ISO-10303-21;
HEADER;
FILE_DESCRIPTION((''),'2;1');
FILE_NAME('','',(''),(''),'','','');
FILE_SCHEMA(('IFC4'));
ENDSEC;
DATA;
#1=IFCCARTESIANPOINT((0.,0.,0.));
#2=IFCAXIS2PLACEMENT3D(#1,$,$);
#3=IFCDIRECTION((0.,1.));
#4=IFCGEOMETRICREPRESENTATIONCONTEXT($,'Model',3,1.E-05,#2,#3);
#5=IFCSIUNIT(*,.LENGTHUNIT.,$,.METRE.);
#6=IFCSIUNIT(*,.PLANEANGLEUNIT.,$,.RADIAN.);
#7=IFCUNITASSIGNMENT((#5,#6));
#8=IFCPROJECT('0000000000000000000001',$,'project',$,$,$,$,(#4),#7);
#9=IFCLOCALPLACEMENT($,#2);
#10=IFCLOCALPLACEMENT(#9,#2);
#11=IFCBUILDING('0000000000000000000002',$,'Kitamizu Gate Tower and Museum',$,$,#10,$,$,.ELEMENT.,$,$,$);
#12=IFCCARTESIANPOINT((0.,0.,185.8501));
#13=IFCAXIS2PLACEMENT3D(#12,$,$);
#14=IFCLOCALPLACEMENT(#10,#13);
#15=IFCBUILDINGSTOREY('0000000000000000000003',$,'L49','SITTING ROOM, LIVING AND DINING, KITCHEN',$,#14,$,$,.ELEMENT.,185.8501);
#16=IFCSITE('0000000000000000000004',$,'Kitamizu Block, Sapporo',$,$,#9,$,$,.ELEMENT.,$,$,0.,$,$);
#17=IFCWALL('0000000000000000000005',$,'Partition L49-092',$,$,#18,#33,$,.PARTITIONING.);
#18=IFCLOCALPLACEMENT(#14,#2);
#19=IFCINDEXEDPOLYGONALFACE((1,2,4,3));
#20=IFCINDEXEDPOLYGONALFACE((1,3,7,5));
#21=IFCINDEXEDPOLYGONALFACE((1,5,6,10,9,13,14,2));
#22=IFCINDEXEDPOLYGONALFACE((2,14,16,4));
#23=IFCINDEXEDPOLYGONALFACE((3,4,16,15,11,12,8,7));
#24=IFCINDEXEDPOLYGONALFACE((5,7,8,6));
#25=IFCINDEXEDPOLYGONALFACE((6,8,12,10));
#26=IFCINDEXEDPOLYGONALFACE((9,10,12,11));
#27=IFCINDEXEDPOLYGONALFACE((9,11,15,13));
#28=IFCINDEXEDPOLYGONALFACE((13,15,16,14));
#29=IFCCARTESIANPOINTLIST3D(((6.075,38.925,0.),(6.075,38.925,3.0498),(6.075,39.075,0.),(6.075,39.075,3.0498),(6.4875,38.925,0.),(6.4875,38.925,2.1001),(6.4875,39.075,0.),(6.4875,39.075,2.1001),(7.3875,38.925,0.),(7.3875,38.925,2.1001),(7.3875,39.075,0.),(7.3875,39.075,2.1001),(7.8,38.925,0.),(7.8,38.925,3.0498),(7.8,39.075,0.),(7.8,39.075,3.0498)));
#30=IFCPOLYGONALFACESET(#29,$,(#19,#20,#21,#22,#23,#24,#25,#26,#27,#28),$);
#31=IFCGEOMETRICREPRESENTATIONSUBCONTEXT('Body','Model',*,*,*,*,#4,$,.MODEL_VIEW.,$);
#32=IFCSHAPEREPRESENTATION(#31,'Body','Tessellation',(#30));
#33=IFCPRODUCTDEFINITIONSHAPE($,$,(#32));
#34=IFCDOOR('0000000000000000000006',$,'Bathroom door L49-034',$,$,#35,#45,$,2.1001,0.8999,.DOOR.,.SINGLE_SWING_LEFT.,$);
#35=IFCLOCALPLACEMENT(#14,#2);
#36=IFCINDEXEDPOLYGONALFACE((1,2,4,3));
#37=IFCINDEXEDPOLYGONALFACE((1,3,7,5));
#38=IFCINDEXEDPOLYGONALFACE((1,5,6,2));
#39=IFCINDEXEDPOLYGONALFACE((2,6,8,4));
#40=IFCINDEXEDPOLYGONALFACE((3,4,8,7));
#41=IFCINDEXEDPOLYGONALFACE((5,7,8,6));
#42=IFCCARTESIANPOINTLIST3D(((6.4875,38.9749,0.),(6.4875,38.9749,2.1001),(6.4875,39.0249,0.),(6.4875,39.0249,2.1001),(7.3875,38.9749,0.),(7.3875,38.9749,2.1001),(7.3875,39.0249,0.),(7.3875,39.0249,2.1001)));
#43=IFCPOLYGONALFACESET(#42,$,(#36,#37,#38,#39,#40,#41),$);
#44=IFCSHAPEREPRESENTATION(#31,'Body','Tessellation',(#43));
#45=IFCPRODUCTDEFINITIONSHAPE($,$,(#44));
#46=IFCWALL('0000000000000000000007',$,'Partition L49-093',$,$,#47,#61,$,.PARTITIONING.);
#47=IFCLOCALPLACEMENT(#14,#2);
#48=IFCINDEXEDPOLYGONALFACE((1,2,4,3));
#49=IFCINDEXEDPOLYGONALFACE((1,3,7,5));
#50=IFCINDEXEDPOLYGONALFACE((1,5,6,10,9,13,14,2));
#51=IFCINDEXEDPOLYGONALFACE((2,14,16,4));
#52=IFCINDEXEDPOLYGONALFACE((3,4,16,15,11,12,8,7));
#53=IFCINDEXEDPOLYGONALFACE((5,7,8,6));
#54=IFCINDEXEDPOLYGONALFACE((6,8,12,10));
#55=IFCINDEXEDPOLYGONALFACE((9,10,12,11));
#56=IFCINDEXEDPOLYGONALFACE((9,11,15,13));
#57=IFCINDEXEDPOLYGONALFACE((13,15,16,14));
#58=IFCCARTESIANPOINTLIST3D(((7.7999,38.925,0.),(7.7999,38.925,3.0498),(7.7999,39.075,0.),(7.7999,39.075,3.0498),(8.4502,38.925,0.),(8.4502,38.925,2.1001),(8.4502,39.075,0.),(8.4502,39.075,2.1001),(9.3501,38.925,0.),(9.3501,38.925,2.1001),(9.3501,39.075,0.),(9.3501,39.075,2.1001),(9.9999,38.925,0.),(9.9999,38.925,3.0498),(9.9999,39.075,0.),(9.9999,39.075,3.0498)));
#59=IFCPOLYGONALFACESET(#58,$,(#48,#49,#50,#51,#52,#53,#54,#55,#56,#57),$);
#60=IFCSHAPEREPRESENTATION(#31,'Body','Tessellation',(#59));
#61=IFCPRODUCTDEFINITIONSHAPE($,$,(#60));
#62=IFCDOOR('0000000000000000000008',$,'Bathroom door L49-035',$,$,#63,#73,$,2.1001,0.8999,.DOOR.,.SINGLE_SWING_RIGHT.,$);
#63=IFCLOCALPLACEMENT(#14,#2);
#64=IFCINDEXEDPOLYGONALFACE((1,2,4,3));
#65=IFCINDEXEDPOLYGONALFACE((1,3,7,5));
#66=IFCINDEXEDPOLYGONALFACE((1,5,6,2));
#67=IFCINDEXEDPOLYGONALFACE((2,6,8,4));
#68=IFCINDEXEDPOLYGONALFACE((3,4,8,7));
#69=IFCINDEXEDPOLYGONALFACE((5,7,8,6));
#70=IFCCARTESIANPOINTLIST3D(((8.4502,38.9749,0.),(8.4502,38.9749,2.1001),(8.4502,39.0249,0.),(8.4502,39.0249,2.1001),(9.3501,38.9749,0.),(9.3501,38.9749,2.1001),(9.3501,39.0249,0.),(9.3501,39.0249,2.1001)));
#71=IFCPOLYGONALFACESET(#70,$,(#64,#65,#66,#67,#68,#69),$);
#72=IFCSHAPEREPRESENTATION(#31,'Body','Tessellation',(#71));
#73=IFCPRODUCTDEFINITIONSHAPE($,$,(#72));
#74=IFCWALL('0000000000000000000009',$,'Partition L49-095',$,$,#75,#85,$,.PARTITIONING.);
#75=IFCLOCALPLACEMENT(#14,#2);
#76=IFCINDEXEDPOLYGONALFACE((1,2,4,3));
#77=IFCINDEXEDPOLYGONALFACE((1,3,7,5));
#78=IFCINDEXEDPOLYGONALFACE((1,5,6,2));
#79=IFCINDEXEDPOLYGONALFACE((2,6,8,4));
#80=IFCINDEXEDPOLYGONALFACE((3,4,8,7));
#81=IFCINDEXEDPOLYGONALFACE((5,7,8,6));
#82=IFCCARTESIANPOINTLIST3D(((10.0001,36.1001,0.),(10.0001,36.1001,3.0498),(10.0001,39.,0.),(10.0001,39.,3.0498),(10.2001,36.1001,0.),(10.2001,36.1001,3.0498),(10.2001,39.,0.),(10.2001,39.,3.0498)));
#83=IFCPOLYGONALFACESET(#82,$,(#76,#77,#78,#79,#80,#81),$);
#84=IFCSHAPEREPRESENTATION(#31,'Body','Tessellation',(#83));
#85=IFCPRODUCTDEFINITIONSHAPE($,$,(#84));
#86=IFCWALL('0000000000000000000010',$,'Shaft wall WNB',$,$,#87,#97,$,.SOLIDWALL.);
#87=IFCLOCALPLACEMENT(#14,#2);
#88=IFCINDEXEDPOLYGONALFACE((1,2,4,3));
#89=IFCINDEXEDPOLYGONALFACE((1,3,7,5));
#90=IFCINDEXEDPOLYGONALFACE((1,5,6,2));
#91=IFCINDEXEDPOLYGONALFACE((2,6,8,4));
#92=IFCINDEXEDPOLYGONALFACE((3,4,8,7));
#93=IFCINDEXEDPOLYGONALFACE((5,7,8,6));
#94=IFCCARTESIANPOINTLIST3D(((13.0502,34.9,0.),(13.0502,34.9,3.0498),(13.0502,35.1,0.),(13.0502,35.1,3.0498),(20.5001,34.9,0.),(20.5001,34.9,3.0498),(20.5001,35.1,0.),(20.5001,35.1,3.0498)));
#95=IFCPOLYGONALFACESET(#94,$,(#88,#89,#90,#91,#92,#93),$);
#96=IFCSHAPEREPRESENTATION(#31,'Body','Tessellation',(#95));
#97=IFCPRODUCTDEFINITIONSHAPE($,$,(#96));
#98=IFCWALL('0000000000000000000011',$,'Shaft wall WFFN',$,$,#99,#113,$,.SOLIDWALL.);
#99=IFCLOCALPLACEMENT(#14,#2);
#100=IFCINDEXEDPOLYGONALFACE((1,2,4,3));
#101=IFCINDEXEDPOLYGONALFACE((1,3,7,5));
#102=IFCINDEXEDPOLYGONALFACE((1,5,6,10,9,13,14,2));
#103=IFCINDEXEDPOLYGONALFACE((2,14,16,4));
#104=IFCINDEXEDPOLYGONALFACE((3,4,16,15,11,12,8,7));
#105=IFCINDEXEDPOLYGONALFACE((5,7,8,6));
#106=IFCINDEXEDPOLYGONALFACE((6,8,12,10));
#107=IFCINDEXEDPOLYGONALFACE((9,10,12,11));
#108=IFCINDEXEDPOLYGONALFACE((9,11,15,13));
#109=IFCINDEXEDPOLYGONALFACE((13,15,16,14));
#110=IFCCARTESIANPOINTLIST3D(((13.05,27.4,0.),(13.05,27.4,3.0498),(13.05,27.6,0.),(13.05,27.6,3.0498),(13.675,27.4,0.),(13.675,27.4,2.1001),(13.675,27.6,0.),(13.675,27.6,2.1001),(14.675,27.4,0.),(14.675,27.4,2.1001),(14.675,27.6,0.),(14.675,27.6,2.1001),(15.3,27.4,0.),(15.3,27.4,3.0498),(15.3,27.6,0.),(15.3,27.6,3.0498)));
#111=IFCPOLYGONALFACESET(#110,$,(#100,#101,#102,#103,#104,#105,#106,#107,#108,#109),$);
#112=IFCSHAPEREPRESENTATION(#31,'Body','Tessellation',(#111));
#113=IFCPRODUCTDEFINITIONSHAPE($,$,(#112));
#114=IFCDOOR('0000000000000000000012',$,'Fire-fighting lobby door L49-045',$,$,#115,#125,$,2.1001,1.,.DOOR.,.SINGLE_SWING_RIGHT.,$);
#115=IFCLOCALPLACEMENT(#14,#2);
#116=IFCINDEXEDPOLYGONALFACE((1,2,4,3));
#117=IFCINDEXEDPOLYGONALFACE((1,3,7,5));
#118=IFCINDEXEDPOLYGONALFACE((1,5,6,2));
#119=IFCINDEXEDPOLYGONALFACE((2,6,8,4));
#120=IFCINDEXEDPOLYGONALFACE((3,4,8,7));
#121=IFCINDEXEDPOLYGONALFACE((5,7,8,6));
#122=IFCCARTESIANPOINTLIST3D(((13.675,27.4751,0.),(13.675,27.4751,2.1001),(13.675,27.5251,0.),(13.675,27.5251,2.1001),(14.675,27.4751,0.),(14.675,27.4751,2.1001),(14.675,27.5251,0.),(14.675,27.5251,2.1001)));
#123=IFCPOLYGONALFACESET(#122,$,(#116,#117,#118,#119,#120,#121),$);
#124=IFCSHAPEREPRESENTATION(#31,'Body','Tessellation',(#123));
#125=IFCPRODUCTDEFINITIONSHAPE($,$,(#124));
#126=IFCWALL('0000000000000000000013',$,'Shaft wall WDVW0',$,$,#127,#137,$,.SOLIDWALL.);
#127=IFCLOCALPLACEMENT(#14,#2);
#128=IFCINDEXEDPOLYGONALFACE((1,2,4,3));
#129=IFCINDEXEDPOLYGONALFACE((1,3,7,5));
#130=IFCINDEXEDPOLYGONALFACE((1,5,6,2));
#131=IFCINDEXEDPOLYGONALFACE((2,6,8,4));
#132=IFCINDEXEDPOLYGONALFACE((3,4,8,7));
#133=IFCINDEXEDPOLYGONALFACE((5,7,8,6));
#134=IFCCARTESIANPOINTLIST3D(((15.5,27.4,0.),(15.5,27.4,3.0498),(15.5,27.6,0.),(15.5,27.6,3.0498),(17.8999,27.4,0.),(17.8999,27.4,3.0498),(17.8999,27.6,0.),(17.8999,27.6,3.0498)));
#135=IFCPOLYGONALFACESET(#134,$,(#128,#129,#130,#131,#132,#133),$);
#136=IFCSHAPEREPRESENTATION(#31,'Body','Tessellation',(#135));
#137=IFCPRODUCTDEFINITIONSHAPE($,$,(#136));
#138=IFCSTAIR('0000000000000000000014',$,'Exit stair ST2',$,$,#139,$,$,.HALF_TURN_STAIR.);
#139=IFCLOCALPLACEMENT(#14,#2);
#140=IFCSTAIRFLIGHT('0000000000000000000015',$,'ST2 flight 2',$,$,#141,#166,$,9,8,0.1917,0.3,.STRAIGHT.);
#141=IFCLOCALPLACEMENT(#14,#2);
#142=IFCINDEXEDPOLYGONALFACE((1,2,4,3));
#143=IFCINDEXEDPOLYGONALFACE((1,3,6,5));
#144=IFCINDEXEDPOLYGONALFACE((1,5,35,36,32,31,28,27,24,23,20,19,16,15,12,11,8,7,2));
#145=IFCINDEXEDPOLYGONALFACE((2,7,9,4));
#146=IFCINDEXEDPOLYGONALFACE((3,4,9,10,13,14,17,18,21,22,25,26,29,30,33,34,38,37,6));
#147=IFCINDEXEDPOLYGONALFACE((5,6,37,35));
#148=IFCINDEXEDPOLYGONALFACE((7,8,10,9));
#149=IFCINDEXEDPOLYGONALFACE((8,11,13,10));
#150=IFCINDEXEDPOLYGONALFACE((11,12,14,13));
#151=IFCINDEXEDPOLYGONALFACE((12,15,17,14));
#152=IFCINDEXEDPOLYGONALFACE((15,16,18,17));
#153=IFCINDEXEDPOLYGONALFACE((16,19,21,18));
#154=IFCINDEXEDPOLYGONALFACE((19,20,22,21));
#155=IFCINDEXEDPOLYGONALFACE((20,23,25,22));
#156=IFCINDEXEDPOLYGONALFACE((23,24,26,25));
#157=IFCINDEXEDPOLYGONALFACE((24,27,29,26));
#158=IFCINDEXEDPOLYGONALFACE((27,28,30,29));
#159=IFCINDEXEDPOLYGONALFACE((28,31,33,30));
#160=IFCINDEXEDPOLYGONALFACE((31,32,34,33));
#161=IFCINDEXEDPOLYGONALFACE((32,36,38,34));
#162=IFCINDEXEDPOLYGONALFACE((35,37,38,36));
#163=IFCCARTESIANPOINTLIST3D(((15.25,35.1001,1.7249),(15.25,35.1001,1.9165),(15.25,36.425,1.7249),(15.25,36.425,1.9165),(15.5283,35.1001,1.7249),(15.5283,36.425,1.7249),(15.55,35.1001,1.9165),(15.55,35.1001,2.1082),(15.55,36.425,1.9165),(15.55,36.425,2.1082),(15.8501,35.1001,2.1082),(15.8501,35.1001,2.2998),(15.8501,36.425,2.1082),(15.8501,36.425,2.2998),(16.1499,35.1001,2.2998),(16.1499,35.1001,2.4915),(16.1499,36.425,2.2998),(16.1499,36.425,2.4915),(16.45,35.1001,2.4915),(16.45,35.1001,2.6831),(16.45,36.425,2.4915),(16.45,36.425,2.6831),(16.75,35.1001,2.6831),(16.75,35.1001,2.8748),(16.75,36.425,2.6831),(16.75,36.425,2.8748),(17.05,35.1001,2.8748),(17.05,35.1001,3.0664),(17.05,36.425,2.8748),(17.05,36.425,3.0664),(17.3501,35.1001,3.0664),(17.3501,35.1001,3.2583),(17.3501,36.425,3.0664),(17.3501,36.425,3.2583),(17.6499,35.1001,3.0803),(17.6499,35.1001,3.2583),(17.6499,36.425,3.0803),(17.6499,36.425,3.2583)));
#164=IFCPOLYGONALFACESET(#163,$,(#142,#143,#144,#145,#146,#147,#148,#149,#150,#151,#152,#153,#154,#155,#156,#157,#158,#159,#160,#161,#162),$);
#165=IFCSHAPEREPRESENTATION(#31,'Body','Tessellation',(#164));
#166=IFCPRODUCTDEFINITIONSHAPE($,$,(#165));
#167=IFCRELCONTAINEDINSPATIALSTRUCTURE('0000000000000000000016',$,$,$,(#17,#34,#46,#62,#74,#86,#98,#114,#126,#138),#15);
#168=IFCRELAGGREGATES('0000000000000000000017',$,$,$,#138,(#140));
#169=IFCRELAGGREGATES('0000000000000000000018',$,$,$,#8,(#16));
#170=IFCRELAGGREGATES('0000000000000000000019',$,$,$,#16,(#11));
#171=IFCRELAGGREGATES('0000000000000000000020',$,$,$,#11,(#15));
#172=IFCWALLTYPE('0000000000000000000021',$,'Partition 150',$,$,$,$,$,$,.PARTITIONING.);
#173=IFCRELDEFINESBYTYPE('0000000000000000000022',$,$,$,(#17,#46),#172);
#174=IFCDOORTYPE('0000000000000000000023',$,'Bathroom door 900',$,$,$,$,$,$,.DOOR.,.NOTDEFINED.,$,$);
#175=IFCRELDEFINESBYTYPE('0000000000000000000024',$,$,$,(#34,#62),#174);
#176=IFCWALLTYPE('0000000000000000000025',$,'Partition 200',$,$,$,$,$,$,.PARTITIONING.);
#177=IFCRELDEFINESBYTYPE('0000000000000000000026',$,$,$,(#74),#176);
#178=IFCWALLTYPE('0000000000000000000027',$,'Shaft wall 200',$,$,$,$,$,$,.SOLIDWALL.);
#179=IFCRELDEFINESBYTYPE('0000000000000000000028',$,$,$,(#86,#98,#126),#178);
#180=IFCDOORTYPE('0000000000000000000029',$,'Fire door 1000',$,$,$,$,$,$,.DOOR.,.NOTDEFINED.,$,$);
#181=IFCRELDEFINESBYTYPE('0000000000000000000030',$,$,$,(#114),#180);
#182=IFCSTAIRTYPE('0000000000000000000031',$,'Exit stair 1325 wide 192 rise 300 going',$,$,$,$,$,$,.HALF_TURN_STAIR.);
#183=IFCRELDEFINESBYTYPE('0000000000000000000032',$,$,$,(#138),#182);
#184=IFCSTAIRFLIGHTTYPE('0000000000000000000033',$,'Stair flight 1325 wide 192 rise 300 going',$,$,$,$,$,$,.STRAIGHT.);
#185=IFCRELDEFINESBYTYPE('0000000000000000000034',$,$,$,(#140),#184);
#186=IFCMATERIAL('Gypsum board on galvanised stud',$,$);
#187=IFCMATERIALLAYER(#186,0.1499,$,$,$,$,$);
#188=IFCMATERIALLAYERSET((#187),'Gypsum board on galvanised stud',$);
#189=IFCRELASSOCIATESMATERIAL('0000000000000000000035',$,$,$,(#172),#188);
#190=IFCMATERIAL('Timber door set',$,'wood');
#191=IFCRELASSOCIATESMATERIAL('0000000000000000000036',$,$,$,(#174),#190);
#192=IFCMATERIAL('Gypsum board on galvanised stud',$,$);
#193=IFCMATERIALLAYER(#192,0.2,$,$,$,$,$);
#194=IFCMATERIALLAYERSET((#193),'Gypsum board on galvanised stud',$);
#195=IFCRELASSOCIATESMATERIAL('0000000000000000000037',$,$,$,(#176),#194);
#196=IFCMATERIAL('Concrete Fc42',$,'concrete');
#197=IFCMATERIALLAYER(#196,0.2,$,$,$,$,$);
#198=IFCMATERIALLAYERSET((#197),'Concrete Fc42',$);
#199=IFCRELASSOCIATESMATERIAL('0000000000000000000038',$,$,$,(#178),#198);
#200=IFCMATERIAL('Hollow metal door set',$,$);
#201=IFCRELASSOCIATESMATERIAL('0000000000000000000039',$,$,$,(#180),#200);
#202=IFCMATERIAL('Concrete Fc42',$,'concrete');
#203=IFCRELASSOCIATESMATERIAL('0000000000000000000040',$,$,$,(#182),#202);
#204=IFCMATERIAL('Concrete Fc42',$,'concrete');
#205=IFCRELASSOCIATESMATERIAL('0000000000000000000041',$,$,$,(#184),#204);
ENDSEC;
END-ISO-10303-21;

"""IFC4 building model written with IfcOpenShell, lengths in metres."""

from ifc_helpers import new_model, si_unit, direction, frame, frame_2d, origin, place, context, subcontext, project, spatial, polyline, rectangle, outline, extrude, material, layer, layer_set, type_object, element, fill, aggregate, save


model = new_model("IFC4")

# Units and contexts
model_context = context("Model", 3, precision=1e-05, world=origin(), true_north=direction((0.0, 1.0)))
body_context = subcontext(model_context, "Body", "Model", "MODEL_VIEW")
ifc_project = project(units=[si_unit("LENGTHUNIT", "METRE"), si_unit("PLANEANGLEUNIT", "RADIAN")], contexts=[model_context])

# Site, building, storey
site_placement = place(None, origin())
site = spatial("IfcSite", under=ifc_project, at=site_placement, Name="Kitamizu Block, Sapporo", CompositionType="ELEMENT", RefElevation=0.0)
building_placement = place(site_placement, origin())
building = spatial("IfcBuilding", under=site, at=building_placement, Name="Kitamizu Gate Tower and Museum", CompositionType="ELEMENT")
storey_placement = place(building_placement, frame((0.0, 0.0, 185.8501)))
storey = spatial("IfcBuildingStorey", under=building, at=storey_placement, Name="L49", Description="SITTING ROOM, LIVING AND DINING, KITCHEN", CompositionType="ELEMENT", Elevation=185.8501)

# Shared definitions
ifc_material_1 = material(Name="Gypsum board on galvanised stud")
ifc_layer_1 = layer(ifc_material_1, 0.1499)
ifc_layer_set_1 = layer_set([ifc_layer_1], Name="Gypsum board on galvanised stud")
wall_type_1 = type_object("IfcWallType", Name="Partition 150", PredefinedType="PARTITIONING", material=ifc_layer_set_1)

# Walls, openings, doors
wall_1_placement = place(storey_placement, frame((7.8, 39.0, 0.0), z_axis=(0.0, 0.0, 1.0), x_axis=(-1.0, 0.0, 0.0)))
wall_1 = element("IfcWall", 1, at=wall_1_placement, inside=storey, type_object=wall_type_1, Name="Partition L49-092", PredefinedType="PARTITIONING", context=body_context, shape_type="SweptSolid", body=[
    extrude(rectangle(XDim=1.7251, YDim=0.1499, at=frame_2d((0.8625, 0.0))), origin(), (0.0, 0.0, 1.0), 3.0498),
])
opening_1_placement = place(wall_1_placement, frame((0.4126, 0.0, 0.0)))
opening_1 = element("IfcOpeningElement", 2, at=opening_1_placement, cuts=wall_1, PredefinedType="OPENING", context=body_context, shape_type="SweptSolid", body=[
    extrude(rectangle(XDim=0.8999, YDim=2.1001, at=frame_2d((0.45, 1.05))), frame((0.0, 0.085, 0.0), z_axis=(0.0, -1.0, 0.0), x_axis=(1.0, 0.0, 0.0)), (0.0, 0.0, 1.0), 0.1699),
])
ifc_material_2 = material(Name="Timber door set", Category="wood")
door_type_1 = type_object("IfcDoorType", Name="Bathroom door 900", OperationType="NOTDEFINED", PredefinedType="DOOR", material=ifc_material_2)
door_1_placement = place(opening_1_placement, frame((0.8999, 0.0, 0.0), x_axis=(-1.0, 0.0, 0.0)))
door_1 = element("IfcDoor", 3, at=door_1_placement, inside=storey, type_object=door_type_1, Name="Bathroom door L49-034", OperationType="SINGLE_SWING_LEFT", OverallHeight=2.1001, OverallWidth=0.8999, PredefinedType="DOOR", context=body_context, shape_type="SweptSolid", body=[
    extrude(rectangle(XDim=0.8999, YDim=2.1001, at=frame_2d((0.45, 1.05))), frame((0.0, 0.0249, 0.0), z_axis=(0.0, -1.0, 0.0), x_axis=(1.0, 0.0, 0.0)), (0.0, 0.0, 1.0), 0.05),
])
fill(opening_1, door_1)
wall_2_placement = place(storey_placement, frame((10.0, 39.0, 0.0), z_axis=(0.0, 0.0, 1.0), x_axis=(-1.0, 0.0, 0.0)))
wall_2 = element("IfcWall", 4, at=wall_2_placement, inside=storey, type_object=wall_type_1, Name="Partition L49-093", PredefinedType="PARTITIONING", context=body_context, shape_type="SweptSolid", body=[
    extrude(rectangle(XDim=2.2, YDim=0.1499, at=frame_2d((1.1001, 0.0))), origin(), (0.0, 0.0, 1.0), 3.0498),
])
opening_2_placement = place(wall_2_placement, frame((0.6499, 0.0, 0.0)))
opening_2 = element("IfcOpeningElement", 5, at=opening_2_placement, cuts=wall_2, PredefinedType="OPENING", context=body_context, shape_type="SweptSolid", body=[
    extrude(rectangle(XDim=0.8999, YDim=2.1001, at=frame_2d((0.45, 1.05))), frame((0.0, 0.085, 0.0), z_axis=(0.0, -1.0, 0.0), x_axis=(1.0, 0.0, 0.0)), (0.0, 0.0, 1.0), 0.1699),
])
door_2_placement = place(opening_2_placement, frame((0.8999, 0.0, 0.0), x_axis=(-1.0, 0.0, 0.0)))
door_2 = element("IfcDoor", 6, at=door_2_placement, inside=storey, type_object=door_type_1, Name="Bathroom door L49-035", OperationType="SINGLE_SWING_RIGHT", OverallHeight=2.1001, OverallWidth=0.8999, PredefinedType="DOOR", context=body_context, shape_type="SweptSolid", body=[
    extrude(rectangle(XDim=0.8999, YDim=2.1001, at=frame_2d((0.45, 1.05))), frame((0.0, 0.0249, 0.0), z_axis=(0.0, -1.0, 0.0), x_axis=(1.0, 0.0, 0.0)), (0.0, 0.0, 1.0), 0.05),
])
fill(opening_2, door_2)

# Walls
ifc_material_3 = material(Name="Gypsum board on galvanised stud")
ifc_layer_2 = layer(ifc_material_3, 0.2)
ifc_layer_set_2 = layer_set([ifc_layer_2], Name="Gypsum board on galvanised stud")
wall_type_2 = type_object("IfcWallType", Name="Partition 200", PredefinedType="PARTITIONING", material=ifc_layer_set_2)
wall_3_placement = place(storey_placement, frame((10.1001, 36.1001, 0.0), z_axis=(0.0, 0.0, 1.0), x_axis=(0.0, 1.0, 0.0)))
element("IfcWall", 7, at=wall_3_placement, inside=storey, type_object=wall_type_2, Name="Partition L49-095", PredefinedType="PARTITIONING", context=body_context, shape_type="SweptSolid", body=[
    extrude(rectangle(XDim=2.8999, YDim=0.2, at=frame_2d((1.45, 0.0))), origin(), (0.0, 0.0, 1.0), 3.0498),
])
ifc_material_4 = material(Name="Concrete Fc42", Category="concrete")
ifc_layer_3 = layer(ifc_material_4, 0.2)
ifc_layer_set_3 = layer_set([ifc_layer_3], Name="Concrete Fc42")
wall_type_3 = type_object("IfcWallType", Name="Shaft wall 200", PredefinedType="SOLIDWALL", material=ifc_layer_set_3)
wall_4_placement = place(storey_placement, frame((13.05, 35.0, 0.0), z_axis=(0.0, 0.0, 1.0), x_axis=(1.0, 0.0, 0.0)))
element("IfcWall", 8, at=wall_4_placement, inside=storey, type_object=wall_type_3, Name="Shaft wall WNB", PredefinedType="SOLIDWALL", context=body_context, shape_type="SweptSolid", body=[
    extrude(rectangle(XDim=7.45, YDim=0.2, at=frame_2d((3.7251, 0.0))), origin(), (0.0, 0.0, 1.0), 3.0498),
])

# Wall, opening, door
wall_5_placement = place(storey_placement, frame((13.05, 27.5, 0.0), z_axis=(0.0, 0.0, 1.0), x_axis=(1.0, 0.0, 0.0)))
wall_5 = element("IfcWall", 9, at=wall_5_placement, inside=storey, type_object=wall_type_3, Name="Shaft wall WFFN", PredefinedType="SOLIDWALL", context=body_context, shape_type="SweptSolid", body=[
    extrude(rectangle(XDim=2.25, YDim=0.2, at=frame_2d((1.125, 0.0))), origin(), (0.0, 0.0, 1.0), 3.0498),
])
opening_3_placement = place(wall_5_placement, frame((0.625, 0.0, 0.0)))
opening_3 = element("IfcOpeningElement", 10, at=opening_3_placement, cuts=wall_5, PredefinedType="OPENING", context=body_context, shape_type="SweptSolid", body=[
    extrude(rectangle(XDim=1.0, YDim=2.1001, at=frame_2d((0.5, 1.05))), frame((0.0, 0.1099, 0.0), z_axis=(0.0, -1.0, 0.0), x_axis=(1.0, 0.0, 0.0)), (0.0, 0.0, 1.0), 0.22),
])
ifc_material_5 = material(Name="Hollow metal door set")
door_type_2 = type_object("IfcDoorType", Name="Fire door 1000", OperationType="NOTDEFINED", PredefinedType="DOOR", material=ifc_material_5)
door_3_placement = place(opening_3_placement, frame((1.0, 0.0, 0.0), x_axis=(-1.0, 0.0, 0.0)))
door_3 = element("IfcDoor", 11, at=door_3_placement, inside=storey, type_object=door_type_2, Name="Fire-fighting lobby door L49-045", OperationType="SINGLE_SWING_RIGHT", OverallHeight=2.1001, OverallWidth=1.0, PredefinedType="DOOR", context=body_context, shape_type="SweptSolid", body=[
    extrude(rectangle(XDim=1.0, YDim=2.1001, at=frame_2d((0.5, 1.05))), frame((0.0, 0.0249, 0.0), z_axis=(0.0, -1.0, 0.0), x_axis=(1.0, 0.0, 0.0)), (0.0, 0.0, 1.0), 0.05),
])
fill(opening_3, door_3)

# Wall
wall_6_placement = place(storey_placement, frame((15.5, 27.5, 0.0), z_axis=(0.0, 0.0, 1.0), x_axis=(1.0, 0.0, 0.0)))
element("IfcWall", 12, at=wall_6_placement, inside=storey, type_object=wall_type_3, Name="Shaft wall WDVW0", PredefinedType="SOLIDWALL", context=body_context, shape_type="SweptSolid", body=[
    extrude(rectangle(XDim=2.3999, YDim=0.2, at=frame_2d((1.2, 0.0))), origin(), (0.0, 0.0, 1.0), 3.0498),
])

# Stair, stair flight
ifc_material_6 = material(Name="Concrete Fc42", Category="concrete")
stair_type = type_object("IfcStairType", Name="Exit stair 1325 wide 192 rise 300 going", PredefinedType="HALF_TURN_STAIR", material=ifc_material_6)
stair_placement = place(storey_placement, origin())
stair = element("IfcStair", 13, at=stair_placement, inside=storey, type_object=stair_type, Name="Exit stair ST2", PredefinedType="HALF_TURN_STAIR")
ifc_material_7 = material(Name="Concrete Fc42", Category="concrete")
stair_flight_type = type_object("IfcStairFlightType", Name="Stair flight 1325 wide 192 rise 300 going", PredefinedType="STRAIGHT", material=ifc_material_7)
stair_flight_placement = place(storey_placement, frame((15.25, 35.7625, 1.7249), z_axis=(0.0, 0.0, 1.0), x_axis=(1.0, 0.0, 0.0)))
stair_flight = element("IfcStairFlight", 14, at=stair_flight_placement, type_object=stair_flight_type, Name="ST2 flight 2", NumberOfRisers=9, NumberOfTreads=8, PredefinedType="STRAIGHT", RiserHeight=0.1917, TreadLength=0.3, context=body_context, shape_type="SweptSolid", body=[
    extrude(outline(polyline([(0.0, 0.0), (0.0, 0.1917), (0.3, 0.1917), (0.3, 0.3833), (0.6001, 0.3833), (0.6001, 0.575), (0.8999, 0.575), (0.8999, 0.7666), (1.2, 0.7666), (1.2, 0.9583), (1.5, 0.9583), (1.5, 1.1499), (1.8, 1.1499), (1.8, 1.3416), (2.1001, 1.3416), (2.1001, 1.5334), (2.3999, 1.5334), (2.3999, 1.7251), (2.3999, 1.3555), (0.2783, 0.0), (0.0, 0.0)])), frame((0.0, 0.6626, 0.0), z_axis=(0.0, -1.0, 0.0), x_axis=(1.0, 0.0, 0.0)), (0.0, 0.0, 1.0), 1.325),
])
aggregate(stair, [stair_flight])

save(model, "model.ifc")
